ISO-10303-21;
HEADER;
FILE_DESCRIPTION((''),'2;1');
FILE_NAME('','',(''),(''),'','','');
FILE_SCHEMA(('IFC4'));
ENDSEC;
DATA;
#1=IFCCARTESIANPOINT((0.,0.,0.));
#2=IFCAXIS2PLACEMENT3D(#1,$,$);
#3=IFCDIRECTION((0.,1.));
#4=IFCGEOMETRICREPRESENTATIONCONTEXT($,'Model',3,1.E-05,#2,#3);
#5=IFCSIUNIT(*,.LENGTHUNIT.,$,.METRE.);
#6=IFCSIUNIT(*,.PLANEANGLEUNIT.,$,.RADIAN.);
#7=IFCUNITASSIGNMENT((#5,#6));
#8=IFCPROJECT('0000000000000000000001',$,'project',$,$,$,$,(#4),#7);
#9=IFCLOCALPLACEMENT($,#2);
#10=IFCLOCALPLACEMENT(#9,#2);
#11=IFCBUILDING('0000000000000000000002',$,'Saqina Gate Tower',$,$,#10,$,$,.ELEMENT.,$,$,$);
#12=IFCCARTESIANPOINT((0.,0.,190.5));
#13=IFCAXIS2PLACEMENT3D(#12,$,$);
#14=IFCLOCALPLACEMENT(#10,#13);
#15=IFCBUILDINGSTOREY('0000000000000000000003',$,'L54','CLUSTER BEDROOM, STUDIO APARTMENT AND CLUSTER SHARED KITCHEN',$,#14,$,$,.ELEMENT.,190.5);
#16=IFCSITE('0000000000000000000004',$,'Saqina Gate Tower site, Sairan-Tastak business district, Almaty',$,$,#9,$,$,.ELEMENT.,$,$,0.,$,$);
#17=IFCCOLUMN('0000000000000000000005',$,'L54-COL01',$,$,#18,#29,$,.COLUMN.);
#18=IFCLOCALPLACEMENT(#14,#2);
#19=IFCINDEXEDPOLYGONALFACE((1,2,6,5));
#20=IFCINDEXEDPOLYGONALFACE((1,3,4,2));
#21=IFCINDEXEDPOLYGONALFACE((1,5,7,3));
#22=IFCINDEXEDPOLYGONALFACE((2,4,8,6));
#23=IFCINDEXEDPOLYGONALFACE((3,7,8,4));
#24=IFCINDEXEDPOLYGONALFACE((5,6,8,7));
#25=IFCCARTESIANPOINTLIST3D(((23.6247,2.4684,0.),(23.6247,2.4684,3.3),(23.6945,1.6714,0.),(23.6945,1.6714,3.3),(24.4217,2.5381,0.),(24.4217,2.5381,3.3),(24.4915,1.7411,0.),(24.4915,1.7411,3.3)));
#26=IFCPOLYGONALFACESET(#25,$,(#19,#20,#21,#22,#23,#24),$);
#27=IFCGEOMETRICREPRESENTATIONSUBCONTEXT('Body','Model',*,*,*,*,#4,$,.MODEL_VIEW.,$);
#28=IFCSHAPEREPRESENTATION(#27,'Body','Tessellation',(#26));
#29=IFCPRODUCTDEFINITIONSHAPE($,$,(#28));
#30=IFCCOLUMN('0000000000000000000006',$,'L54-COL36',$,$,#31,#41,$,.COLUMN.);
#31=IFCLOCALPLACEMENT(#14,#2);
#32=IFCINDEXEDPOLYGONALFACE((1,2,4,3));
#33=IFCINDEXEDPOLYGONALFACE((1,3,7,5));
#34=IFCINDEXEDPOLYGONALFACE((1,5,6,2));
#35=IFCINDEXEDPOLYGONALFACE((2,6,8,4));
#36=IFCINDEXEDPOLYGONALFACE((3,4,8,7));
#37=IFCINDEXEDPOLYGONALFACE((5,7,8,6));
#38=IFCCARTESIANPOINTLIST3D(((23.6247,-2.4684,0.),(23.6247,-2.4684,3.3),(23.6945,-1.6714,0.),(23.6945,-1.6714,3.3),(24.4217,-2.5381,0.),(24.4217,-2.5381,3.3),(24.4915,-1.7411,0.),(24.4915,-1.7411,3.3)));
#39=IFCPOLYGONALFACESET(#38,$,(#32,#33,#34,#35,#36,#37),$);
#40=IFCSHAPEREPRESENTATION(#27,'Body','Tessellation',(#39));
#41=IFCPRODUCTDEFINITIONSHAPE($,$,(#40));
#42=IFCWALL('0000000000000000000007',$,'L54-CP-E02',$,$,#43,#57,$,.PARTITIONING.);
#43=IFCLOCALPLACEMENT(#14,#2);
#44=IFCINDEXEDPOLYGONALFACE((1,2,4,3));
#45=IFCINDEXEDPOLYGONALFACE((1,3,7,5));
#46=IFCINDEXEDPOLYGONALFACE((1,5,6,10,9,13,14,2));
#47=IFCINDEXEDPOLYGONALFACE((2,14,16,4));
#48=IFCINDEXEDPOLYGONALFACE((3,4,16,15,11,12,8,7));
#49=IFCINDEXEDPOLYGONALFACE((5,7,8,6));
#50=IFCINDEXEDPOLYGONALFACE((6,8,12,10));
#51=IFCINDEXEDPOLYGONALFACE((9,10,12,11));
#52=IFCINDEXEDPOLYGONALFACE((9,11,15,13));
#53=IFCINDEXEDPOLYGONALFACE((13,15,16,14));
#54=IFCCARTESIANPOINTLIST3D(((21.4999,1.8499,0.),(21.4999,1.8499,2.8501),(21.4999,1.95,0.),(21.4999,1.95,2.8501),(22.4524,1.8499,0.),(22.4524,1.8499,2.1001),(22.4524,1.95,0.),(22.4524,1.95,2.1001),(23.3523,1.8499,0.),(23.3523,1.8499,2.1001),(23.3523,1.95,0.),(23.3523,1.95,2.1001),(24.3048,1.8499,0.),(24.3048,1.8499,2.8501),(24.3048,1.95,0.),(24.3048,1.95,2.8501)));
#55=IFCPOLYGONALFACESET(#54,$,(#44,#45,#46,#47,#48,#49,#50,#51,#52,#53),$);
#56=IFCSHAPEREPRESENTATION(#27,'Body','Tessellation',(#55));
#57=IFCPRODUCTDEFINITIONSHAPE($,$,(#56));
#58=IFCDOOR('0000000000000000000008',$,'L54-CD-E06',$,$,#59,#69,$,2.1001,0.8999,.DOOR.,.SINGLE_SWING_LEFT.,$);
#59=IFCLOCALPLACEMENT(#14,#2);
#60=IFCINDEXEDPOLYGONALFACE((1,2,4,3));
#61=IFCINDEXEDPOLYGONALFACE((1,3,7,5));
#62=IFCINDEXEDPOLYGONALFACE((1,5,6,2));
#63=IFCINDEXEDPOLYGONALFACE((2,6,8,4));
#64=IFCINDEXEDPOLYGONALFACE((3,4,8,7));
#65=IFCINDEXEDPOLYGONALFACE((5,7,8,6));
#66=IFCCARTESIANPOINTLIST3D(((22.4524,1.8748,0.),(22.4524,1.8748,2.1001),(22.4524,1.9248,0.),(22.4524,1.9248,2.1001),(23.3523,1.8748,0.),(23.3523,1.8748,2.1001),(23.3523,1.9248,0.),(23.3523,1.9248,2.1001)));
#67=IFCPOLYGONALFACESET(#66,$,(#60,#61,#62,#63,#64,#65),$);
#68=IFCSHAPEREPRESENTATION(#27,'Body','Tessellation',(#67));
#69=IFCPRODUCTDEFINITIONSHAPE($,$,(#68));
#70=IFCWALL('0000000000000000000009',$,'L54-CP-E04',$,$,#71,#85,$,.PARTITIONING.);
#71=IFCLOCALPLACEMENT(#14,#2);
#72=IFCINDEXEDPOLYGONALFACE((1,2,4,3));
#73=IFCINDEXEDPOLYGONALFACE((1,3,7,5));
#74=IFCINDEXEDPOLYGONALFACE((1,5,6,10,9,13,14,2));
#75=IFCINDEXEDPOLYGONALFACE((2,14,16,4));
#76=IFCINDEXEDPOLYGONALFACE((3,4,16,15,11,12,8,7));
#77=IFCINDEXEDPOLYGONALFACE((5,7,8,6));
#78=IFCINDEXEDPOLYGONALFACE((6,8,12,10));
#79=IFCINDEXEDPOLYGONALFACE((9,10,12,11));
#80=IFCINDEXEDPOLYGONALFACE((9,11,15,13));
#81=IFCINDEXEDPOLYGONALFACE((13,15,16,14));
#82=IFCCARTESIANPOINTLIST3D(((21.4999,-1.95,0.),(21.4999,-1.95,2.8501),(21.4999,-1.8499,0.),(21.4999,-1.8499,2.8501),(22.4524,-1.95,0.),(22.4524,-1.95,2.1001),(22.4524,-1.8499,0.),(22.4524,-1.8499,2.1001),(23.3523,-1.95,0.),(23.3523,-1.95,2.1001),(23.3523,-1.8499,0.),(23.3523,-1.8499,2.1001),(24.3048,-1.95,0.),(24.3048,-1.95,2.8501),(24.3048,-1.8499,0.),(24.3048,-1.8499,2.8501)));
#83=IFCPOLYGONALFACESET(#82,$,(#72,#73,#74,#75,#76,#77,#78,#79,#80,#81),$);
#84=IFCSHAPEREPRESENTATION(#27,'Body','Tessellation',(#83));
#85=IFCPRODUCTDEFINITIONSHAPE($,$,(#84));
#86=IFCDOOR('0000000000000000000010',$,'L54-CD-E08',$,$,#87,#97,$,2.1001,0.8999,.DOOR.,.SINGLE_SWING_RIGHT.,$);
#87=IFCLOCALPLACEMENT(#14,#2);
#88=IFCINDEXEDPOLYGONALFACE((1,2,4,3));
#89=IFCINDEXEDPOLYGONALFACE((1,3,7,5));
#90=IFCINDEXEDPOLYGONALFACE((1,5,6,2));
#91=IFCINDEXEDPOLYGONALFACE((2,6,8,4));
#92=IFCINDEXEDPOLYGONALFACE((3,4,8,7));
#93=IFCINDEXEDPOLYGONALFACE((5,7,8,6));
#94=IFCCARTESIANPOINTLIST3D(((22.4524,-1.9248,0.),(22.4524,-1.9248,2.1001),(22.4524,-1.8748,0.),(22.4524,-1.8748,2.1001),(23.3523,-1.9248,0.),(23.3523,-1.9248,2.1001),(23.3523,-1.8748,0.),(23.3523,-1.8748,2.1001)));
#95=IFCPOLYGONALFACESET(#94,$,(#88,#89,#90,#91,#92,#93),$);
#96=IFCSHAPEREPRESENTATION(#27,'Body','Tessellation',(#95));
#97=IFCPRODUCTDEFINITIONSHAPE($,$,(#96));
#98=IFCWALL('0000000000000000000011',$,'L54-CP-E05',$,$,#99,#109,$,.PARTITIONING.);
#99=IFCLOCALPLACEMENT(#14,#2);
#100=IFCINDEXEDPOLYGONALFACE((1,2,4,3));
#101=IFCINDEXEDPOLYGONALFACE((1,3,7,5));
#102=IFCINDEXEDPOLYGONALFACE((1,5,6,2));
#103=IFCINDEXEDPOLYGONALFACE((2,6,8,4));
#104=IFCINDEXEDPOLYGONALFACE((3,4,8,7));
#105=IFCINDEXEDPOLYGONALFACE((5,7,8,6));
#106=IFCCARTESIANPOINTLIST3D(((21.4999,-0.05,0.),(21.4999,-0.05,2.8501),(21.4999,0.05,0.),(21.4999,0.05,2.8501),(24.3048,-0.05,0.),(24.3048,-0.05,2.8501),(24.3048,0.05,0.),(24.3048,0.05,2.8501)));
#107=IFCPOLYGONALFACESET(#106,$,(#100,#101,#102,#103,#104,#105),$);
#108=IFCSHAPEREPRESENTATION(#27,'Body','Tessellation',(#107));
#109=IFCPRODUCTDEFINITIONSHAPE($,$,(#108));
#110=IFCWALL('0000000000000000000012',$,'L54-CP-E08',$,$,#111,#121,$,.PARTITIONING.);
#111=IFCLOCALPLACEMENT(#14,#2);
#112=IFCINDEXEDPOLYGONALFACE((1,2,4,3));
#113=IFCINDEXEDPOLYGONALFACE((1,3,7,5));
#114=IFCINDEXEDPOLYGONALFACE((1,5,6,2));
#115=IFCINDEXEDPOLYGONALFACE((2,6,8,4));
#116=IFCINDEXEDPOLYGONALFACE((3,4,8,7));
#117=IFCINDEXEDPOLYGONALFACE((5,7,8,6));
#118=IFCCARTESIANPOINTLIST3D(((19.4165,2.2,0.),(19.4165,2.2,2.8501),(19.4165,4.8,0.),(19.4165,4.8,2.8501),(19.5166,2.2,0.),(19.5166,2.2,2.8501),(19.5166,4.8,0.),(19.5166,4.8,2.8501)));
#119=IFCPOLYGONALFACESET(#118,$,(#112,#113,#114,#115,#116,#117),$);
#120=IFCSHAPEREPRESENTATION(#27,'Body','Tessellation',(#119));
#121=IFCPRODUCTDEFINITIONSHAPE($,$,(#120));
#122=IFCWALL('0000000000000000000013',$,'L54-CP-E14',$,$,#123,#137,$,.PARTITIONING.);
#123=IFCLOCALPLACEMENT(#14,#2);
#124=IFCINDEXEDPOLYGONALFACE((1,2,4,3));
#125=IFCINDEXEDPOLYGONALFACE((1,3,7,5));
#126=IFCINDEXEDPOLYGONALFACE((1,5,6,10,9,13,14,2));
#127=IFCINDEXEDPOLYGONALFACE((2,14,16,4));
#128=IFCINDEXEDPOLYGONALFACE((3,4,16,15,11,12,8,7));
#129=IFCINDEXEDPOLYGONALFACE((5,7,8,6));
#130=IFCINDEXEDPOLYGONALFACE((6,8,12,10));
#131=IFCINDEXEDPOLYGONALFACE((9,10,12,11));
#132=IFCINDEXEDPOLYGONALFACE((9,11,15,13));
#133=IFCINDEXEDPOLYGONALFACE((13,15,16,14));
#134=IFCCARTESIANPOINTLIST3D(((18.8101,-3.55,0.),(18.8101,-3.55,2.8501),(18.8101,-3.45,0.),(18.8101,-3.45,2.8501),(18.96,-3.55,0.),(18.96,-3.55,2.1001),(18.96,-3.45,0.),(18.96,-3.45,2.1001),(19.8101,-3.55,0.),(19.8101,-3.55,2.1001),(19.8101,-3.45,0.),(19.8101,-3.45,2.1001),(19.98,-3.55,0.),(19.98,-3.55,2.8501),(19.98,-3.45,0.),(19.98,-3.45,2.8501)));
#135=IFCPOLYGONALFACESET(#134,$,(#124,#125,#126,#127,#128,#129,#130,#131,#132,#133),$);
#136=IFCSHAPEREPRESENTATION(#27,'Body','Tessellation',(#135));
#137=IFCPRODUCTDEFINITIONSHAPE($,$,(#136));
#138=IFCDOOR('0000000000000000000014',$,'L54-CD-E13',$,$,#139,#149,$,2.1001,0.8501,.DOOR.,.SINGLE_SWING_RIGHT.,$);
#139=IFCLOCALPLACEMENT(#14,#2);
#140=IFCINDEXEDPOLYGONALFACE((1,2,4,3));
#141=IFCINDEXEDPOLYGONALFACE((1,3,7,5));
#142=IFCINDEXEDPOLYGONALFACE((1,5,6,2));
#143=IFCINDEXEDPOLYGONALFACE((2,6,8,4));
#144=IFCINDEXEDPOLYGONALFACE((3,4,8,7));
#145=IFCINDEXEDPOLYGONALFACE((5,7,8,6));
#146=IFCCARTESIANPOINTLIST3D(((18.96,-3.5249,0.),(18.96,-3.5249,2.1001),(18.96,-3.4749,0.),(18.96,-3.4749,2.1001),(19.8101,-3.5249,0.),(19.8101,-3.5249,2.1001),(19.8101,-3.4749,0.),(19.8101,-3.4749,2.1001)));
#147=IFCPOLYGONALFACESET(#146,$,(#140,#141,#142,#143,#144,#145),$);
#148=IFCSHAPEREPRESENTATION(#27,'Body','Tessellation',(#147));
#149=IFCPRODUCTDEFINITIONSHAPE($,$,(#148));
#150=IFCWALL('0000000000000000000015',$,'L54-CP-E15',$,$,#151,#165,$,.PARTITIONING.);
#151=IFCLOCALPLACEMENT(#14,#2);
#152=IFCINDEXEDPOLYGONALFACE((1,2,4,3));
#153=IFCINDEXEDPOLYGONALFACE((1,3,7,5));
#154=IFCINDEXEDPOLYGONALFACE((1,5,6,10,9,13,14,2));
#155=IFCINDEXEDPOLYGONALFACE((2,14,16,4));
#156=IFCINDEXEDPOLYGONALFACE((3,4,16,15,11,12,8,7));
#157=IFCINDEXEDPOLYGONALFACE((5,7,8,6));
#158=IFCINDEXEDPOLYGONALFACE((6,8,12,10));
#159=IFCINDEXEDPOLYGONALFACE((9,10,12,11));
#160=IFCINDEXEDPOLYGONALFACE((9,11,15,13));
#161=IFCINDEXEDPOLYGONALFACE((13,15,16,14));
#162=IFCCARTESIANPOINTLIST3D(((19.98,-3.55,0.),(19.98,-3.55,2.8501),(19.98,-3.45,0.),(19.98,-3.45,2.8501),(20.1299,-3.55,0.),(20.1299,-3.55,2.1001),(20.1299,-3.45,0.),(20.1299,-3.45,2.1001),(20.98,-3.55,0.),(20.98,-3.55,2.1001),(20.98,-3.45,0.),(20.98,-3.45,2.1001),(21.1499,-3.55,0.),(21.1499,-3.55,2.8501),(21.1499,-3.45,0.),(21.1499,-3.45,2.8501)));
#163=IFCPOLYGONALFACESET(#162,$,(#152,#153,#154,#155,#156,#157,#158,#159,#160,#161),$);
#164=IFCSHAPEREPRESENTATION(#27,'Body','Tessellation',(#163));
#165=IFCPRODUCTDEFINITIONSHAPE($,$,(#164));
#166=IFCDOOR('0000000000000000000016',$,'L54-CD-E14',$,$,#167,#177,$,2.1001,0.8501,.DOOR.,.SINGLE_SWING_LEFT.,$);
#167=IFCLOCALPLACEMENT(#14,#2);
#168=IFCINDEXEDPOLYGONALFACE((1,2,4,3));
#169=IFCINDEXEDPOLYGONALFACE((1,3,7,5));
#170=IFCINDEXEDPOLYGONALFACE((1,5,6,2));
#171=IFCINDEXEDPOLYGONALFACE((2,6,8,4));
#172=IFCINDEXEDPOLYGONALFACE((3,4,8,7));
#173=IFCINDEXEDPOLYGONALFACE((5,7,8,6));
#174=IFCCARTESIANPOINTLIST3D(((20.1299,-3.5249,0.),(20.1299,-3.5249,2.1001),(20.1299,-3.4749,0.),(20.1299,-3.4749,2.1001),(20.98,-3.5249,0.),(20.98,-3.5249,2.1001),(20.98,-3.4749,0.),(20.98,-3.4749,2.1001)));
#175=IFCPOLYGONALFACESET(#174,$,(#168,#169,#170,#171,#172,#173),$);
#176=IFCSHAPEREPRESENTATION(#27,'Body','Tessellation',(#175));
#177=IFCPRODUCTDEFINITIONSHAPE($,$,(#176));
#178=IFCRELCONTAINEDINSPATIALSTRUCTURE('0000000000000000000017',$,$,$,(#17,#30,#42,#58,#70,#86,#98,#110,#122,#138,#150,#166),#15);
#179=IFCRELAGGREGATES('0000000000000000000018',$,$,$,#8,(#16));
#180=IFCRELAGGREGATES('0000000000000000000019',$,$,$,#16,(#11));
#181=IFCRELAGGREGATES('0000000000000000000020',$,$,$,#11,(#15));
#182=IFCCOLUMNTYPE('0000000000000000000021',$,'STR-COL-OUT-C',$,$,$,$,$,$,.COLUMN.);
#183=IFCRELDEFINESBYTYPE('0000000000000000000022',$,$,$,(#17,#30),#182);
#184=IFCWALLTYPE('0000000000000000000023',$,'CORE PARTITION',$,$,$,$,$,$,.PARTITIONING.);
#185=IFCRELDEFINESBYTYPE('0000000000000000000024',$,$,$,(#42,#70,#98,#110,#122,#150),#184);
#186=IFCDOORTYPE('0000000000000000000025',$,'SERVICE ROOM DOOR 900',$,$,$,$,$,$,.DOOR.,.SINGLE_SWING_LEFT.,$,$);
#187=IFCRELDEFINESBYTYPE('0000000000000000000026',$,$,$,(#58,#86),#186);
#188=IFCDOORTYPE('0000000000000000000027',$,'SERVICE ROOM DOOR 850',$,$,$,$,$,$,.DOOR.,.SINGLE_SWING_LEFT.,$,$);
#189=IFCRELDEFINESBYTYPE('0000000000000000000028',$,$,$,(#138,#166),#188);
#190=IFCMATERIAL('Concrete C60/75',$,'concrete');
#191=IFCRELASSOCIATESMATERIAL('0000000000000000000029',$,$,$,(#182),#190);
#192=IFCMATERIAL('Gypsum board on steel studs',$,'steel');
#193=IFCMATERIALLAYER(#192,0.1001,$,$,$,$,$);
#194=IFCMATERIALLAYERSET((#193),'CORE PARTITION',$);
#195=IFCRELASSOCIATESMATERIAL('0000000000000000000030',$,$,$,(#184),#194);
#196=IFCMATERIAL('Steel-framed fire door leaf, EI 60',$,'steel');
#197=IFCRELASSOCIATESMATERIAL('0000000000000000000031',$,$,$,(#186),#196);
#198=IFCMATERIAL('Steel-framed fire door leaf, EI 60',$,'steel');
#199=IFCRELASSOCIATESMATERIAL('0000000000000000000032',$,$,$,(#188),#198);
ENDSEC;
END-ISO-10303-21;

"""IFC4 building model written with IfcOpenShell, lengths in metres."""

from ifc_helpers import new_model, si_unit, direction, frame, frame_2d, origin, origin_2d, place, context, subcontext, project, spatial, rectangle, extrude, material, layer, layer_set, material_profile, profile_set, type_object, element, fill, save


model = new_model("IFC4")

# Units and contexts
model_context = context("Model", 3, precision=1e-05, world=origin(), true_north=direction((0.0, 1.0)))
body_context = subcontext(model_context, "Body", "Model", "MODEL_VIEW")
ifc_project = project(units=[si_unit("LENGTHUNIT", "METRE"), si_unit("PLANEANGLEUNIT", "RADIAN")], contexts=[model_context])

# Site, building, storey
site_placement = place(None, origin())
site = spatial("IfcSite", under=ifc_project, at=site_placement, Name="Saqina Gate Tower site, Sairan-Tastak business district, Almaty", CompositionType="ELEMENT", RefElevation=0.0)
building_placement = place(site_placement, origin())
building = spatial("IfcBuilding", under=site, at=building_placement, Name="Saqina Gate Tower", CompositionType="ELEMENT")
storey_placement = place(building_placement, frame((0.0, 0.0, 190.5)))
storey = spatial("IfcBuildingStorey", under=building, at=storey_placement, Name="L54", Description="CLUSTER BEDROOM, STUDIO APARTMENT AND CLUSTER SHARED KITCHEN", CompositionType="ELEMENT", Elevation=190.5)

# Columns
ifc_material_1 = material(Name="Concrete C60/75", Category="concrete")
ifc_material_profile = material_profile(ifc_material_1, rectangle(XDim=0.8, YDim=0.8, at=origin_2d()), Name="RC 800x800")
ifc_profile_set = profile_set([ifc_material_profile], Name="Concrete C60/75")
column_type = type_object("IfcColumnType", Name="STR-COL-OUT-C", PredefinedType="COLUMN", material=ifc_profile_set)
for number, where, z_axis, x_axis, name in (
    (1, (24.0581, 2.1047, 0.0), (0.0, 0.0, 1.0), (0.996195, 0.087156, 0.0), "L54-COL01"),
    (2, (24.0581, -2.1047, 0.0), (0.0, 0.0, 1.0), (0.996195, -0.087156, 0.0), "L54-COL36"),
):
    element("IfcColumn", number, at=place(storey_placement, frame(where, z_axis=z_axis, x_axis=x_axis)), inside=storey, type_object=column_type, Name=name, PredefinedType="COLUMN", context=body_context, shape_type="SweptSolid", body=[
        extrude(rectangle(XDim=0.8, YDim=0.8, at=origin_2d()), origin(), (0.0, 0.0, 1.0), 3.3),
    ])

# Walls, openings, doors
ifc_material_2 = material(Name="Gypsum board on steel studs", Category="steel")
ifc_layer_1 = layer(ifc_material_2, 0.1001)
ifc_layer_set_1 = layer_set([ifc_layer_1], Name="CORE PARTITION")
wall_type_1 = type_object("IfcWallType", Name="CORE PARTITION", PredefinedType="PARTITIONING", material=ifc_layer_set_1)
wall_1_placement = place(storey_placement, frame((21.5, 1.8999, 0.0), z_axis=(0.0, 0.0, 1.0), x_axis=(1.0, 0.0, 0.0)))
wall_1 = element("IfcWall", 3, at=wall_1_placement, inside=storey, type_object=wall_type_1, Name="L54-CP-E02", PredefinedType="PARTITIONING", context=body_context, shape_type="SweptSolid", body=[
    extrude(rectangle(XDim=2.8049, YDim=0.1001, at=frame_2d((1.4023, 0.0))), origin(), (0.0, 0.0, 1.0), 2.8501),
])
opening_1_placement = place(wall_1_placement, frame((0.9524, 0.0, 0.0)))
opening_1 = element("IfcOpeningElement", 4, at=opening_1_placement, cuts=wall_1, PredefinedType="OPENING", context=body_context, shape_type="SweptSolid", body=[
    extrude(rectangle(XDim=0.8999, YDim=2.1001, at=frame_2d((0.45, 1.05))), frame((0.0, 0.062, 0.0), z_axis=(0.0, -1.0, 0.0), x_axis=(1.0, 0.0, 0.0)), (0.0, 0.0, 1.0), 0.124),
])
ifc_material_3 = material(Name="Steel-framed fire door leaf, EI 60", Category="steel")
door_type_1 = type_object("IfcDoorType", Name="SERVICE ROOM DOOR 900", OperationType="SINGLE_SWING_LEFT", PredefinedType="DOOR", material=ifc_material_3)
door_1_placement = place(opening_1_placement, origin())
door_1 = element("IfcDoor", 5, at=door_1_placement, inside=storey, type_object=door_type_1, Name="L54-CD-E06", OperationType="SINGLE_SWING_LEFT", OverallHeight=2.1001, OverallWidth=0.8999, PredefinedType="DOOR", context=body_context, shape_type="SweptSolid", body=[
    extrude(rectangle(XDim=0.8999, YDim=2.1001, at=frame_2d((0.45, 1.05))), frame((0.0, 0.0249, 0.0), z_axis=(0.0, -1.0, 0.0), x_axis=(1.0, 0.0, 0.0)), (0.0, 0.0, 1.0), 0.05),
])
fill(opening_1, door_1)
wall_2_placement = place(storey_placement, frame((21.5, -1.8999, 0.0), z_axis=(0.0, 0.0, 1.0), x_axis=(1.0, 0.0, 0.0)))
wall_2 = element("IfcWall", 6, at=wall_2_placement, inside=storey, type_object=wall_type_1, Name="L54-CP-E04", PredefinedType="PARTITIONING", context=body_context, shape_type="SweptSolid", body=[
    extrude(rectangle(XDim=2.8049, YDim=0.1001, at=frame_2d((1.4023, 0.0))), origin(), (0.0, 0.0, 1.0), 2.8501),
])
opening_2_placement = place(wall_2_placement, frame((0.9524, 0.0, 0.0)))
opening_2 = element("IfcOpeningElement", 7, at=opening_2_placement, cuts=wall_2, PredefinedType="OPENING", context=body_context, shape_type="SweptSolid", body=[
    extrude(rectangle(XDim=0.8999, YDim=2.1001, at=frame_2d((0.45, 1.05))), frame((0.0, 0.062, 0.0), z_axis=(0.0, -1.0, 0.0), x_axis=(1.0, 0.0, 0.0)), (0.0, 0.0, 1.0), 0.124),
])
door_2_placement = place(opening_2_placement, frame((0.8999, 0.0, 0.0), z_axis=(0.0, 0.0, 1.0), x_axis=(-1.0, 0.0, 0.0)))
door_2 = element("IfcDoor", 8, at=door_2_placement, inside=storey, type_object=door_type_1, Name="L54-CD-E08", OperationType="SINGLE_SWING_RIGHT", OverallHeight=2.1001, OverallWidth=0.8999, PredefinedType="DOOR", context=body_context, shape_type="SweptSolid", body=[
    extrude(rectangle(XDim=0.8999, YDim=2.1001, at=frame_2d((0.45, 1.05))), frame((0.0, 0.0249, 0.0), z_axis=(0.0, -1.0, 0.0), x_axis=(1.0, 0.0, 0.0)), (0.0, 0.0, 1.0), 0.05),
])
fill(opening_2, door_2)

# Walls
wall_3_placement = place(storey_placement, frame((21.5, 0.0, 0.0), z_axis=(0.0, 0.0, 1.0), x_axis=(1.0, 0.0, 0.0)))
element("IfcWall", 9, at=wall_3_placement, inside=storey, type_object=wall_type_1, Name="L54-CP-E05", PredefinedType="PARTITIONING", context=body_context, shape_type="SweptSolid", body=[
    extrude(rectangle(XDim=2.8049, YDim=0.1001, at=frame_2d((1.4023, 0.0))), origin(), (0.0, 0.0, 1.0), 2.8501),
])
wall_4_placement = place(storey_placement, frame((19.4666, 2.2, 0.0), z_axis=(0.0, 0.0, 1.0), x_axis=(0.0, 1.0, 0.0)))
element("IfcWall", 10, at=wall_4_placement, inside=storey, type_object=wall_type_1, Name="L54-CP-E08", PredefinedType="PARTITIONING", context=body_context, shape_type="SweptSolid", body=[
    extrude(rectangle(XDim=2.6001, YDim=0.1001, at=frame_2d((1.3, 0.0))), origin(), (0.0, 0.0, 1.0), 2.8501),
])

# Walls, openings, doors
wall_5_placement = place(storey_placement, frame((18.8101, -3.5, 0.0), z_axis=(0.0, 0.0, 1.0), x_axis=(1.0, 0.0, 0.0)))
wall_5 = element("IfcWall", 11, at=wall_5_placement, inside=storey, type_object=wall_type_1, Name="L54-CP-E14", PredefinedType="PARTITIONING", context=body_context, shape_type="SweptSolid", body=[
    extrude(rectangle(XDim=1.1699, YDim=0.1001, at=frame_2d((0.585, 0.0))), origin(), (0.0, 0.0, 1.0), 2.8501),
])
opening_3_placement = place(wall_5_placement, frame((0.1499, 0.0, 0.0)))
opening_3 = element("IfcOpeningElement", 12, at=opening_3_placement, cuts=wall_5, PredefinedType="OPENING", context=body_context, shape_type="SweptSolid", body=[
    extrude(rectangle(XDim=0.8501, YDim=2.1001, at=frame_2d((0.425, 1.05))), frame((0.0, 0.062, 0.0), z_axis=(0.0, -1.0, 0.0), x_axis=(1.0, 0.0, 0.0)), (0.0, 0.0, 1.0), 0.124),
])
ifc_material_4 = material(Name="Steel-framed fire door leaf, EI 60", Category="steel")
door_type_2 = type_object("IfcDoorType", Name="SERVICE ROOM DOOR 850", OperationType="SINGLE_SWING_LEFT", PredefinedType="DOOR", material=ifc_material_4)
door_3_placement = place(opening_3_placement, frame((0.8501, 0.0, 0.0), z_axis=(0.0, 0.0, 1.0), x_axis=(-1.0, 0.0, 0.0)))
door_3 = element("IfcDoor", 13, at=door_3_placement, inside=storey, type_object=door_type_2, Name="L54-CD-E13", OperationType="SINGLE_SWING_RIGHT", OverallHeight=2.1001, OverallWidth=0.8501, PredefinedType="DOOR", context=body_context, shape_type="SweptSolid", body=[
    extrude(rectangle(XDim=0.8501, YDim=2.1001, at=frame_2d((0.425, 1.05))), frame((0.0, 0.0249, 0.0), z_axis=(0.0, -1.0, 0.0), x_axis=(1.0, 0.0, 0.0)), (0.0, 0.0, 1.0), 0.05),
])
fill(opening_3, door_3)
wall_6_placement = place(storey_placement, frame((19.98, -3.5, 0.0), z_axis=(0.0, 0.0, 1.0), x_axis=(1.0, 0.0, 0.0)))
wall_6 = element("IfcWall", 14, at=wall_6_placement, inside=storey, type_object=wall_type_1, Name="L54-CP-E15", PredefinedType="PARTITIONING", context=body_context, shape_type="SweptSolid", body=[
    extrude(rectangle(XDim=1.1699, YDim=0.1001, at=frame_2d((0.585, 0.0))), origin(), (0.0, 0.0, 1.0), 2.8501),
])
opening_4_placement = place(wall_6_placement, frame((0.1499, 0.0, 0.0)))
opening_4 = element("IfcOpeningElement", 15, at=opening_4_placement, cuts=wall_6, PredefinedType="OPENING", context=body_context, shape_type="SweptSolid", body=[
    extrude(rectangle(XDim=0.8501, YDim=2.1001, at=frame_2d((0.425, 1.05))), frame((0.0, 0.062, 0.0), z_axis=(0.0, -1.0, 0.0), x_axis=(1.0, 0.0, 0.0)), (0.0, 0.0, 1.0), 0.124),
])
door_4_placement = place(opening_4_placement, frame((0.8501, 0.0, 0.0), z_axis=(0.0, 0.0, 1.0), x_axis=(-1.0, 0.0, 0.0)))
door_4 = element("IfcDoor", 16, at=door_4_placement, inside=storey, type_object=door_type_2, Name="L54-CD-E14", OperationType="SINGLE_SWING_LEFT", OverallHeight=2.1001, OverallWidth=0.8501, PredefinedType="DOOR", context=body_context, shape_type="SweptSolid", body=[
    extrude(rectangle(XDim=0.8501, YDim=2.1001, at=frame_2d((0.425, 1.05))), frame((0.0, 0.0249, 0.0), z_axis=(0.0, -1.0, 0.0), x_axis=(1.0, 0.0, 0.0)), (0.0, 0.0, 1.0), 0.05),
])
fill(opening_4, door_4)

save(model, "model.ifc")
